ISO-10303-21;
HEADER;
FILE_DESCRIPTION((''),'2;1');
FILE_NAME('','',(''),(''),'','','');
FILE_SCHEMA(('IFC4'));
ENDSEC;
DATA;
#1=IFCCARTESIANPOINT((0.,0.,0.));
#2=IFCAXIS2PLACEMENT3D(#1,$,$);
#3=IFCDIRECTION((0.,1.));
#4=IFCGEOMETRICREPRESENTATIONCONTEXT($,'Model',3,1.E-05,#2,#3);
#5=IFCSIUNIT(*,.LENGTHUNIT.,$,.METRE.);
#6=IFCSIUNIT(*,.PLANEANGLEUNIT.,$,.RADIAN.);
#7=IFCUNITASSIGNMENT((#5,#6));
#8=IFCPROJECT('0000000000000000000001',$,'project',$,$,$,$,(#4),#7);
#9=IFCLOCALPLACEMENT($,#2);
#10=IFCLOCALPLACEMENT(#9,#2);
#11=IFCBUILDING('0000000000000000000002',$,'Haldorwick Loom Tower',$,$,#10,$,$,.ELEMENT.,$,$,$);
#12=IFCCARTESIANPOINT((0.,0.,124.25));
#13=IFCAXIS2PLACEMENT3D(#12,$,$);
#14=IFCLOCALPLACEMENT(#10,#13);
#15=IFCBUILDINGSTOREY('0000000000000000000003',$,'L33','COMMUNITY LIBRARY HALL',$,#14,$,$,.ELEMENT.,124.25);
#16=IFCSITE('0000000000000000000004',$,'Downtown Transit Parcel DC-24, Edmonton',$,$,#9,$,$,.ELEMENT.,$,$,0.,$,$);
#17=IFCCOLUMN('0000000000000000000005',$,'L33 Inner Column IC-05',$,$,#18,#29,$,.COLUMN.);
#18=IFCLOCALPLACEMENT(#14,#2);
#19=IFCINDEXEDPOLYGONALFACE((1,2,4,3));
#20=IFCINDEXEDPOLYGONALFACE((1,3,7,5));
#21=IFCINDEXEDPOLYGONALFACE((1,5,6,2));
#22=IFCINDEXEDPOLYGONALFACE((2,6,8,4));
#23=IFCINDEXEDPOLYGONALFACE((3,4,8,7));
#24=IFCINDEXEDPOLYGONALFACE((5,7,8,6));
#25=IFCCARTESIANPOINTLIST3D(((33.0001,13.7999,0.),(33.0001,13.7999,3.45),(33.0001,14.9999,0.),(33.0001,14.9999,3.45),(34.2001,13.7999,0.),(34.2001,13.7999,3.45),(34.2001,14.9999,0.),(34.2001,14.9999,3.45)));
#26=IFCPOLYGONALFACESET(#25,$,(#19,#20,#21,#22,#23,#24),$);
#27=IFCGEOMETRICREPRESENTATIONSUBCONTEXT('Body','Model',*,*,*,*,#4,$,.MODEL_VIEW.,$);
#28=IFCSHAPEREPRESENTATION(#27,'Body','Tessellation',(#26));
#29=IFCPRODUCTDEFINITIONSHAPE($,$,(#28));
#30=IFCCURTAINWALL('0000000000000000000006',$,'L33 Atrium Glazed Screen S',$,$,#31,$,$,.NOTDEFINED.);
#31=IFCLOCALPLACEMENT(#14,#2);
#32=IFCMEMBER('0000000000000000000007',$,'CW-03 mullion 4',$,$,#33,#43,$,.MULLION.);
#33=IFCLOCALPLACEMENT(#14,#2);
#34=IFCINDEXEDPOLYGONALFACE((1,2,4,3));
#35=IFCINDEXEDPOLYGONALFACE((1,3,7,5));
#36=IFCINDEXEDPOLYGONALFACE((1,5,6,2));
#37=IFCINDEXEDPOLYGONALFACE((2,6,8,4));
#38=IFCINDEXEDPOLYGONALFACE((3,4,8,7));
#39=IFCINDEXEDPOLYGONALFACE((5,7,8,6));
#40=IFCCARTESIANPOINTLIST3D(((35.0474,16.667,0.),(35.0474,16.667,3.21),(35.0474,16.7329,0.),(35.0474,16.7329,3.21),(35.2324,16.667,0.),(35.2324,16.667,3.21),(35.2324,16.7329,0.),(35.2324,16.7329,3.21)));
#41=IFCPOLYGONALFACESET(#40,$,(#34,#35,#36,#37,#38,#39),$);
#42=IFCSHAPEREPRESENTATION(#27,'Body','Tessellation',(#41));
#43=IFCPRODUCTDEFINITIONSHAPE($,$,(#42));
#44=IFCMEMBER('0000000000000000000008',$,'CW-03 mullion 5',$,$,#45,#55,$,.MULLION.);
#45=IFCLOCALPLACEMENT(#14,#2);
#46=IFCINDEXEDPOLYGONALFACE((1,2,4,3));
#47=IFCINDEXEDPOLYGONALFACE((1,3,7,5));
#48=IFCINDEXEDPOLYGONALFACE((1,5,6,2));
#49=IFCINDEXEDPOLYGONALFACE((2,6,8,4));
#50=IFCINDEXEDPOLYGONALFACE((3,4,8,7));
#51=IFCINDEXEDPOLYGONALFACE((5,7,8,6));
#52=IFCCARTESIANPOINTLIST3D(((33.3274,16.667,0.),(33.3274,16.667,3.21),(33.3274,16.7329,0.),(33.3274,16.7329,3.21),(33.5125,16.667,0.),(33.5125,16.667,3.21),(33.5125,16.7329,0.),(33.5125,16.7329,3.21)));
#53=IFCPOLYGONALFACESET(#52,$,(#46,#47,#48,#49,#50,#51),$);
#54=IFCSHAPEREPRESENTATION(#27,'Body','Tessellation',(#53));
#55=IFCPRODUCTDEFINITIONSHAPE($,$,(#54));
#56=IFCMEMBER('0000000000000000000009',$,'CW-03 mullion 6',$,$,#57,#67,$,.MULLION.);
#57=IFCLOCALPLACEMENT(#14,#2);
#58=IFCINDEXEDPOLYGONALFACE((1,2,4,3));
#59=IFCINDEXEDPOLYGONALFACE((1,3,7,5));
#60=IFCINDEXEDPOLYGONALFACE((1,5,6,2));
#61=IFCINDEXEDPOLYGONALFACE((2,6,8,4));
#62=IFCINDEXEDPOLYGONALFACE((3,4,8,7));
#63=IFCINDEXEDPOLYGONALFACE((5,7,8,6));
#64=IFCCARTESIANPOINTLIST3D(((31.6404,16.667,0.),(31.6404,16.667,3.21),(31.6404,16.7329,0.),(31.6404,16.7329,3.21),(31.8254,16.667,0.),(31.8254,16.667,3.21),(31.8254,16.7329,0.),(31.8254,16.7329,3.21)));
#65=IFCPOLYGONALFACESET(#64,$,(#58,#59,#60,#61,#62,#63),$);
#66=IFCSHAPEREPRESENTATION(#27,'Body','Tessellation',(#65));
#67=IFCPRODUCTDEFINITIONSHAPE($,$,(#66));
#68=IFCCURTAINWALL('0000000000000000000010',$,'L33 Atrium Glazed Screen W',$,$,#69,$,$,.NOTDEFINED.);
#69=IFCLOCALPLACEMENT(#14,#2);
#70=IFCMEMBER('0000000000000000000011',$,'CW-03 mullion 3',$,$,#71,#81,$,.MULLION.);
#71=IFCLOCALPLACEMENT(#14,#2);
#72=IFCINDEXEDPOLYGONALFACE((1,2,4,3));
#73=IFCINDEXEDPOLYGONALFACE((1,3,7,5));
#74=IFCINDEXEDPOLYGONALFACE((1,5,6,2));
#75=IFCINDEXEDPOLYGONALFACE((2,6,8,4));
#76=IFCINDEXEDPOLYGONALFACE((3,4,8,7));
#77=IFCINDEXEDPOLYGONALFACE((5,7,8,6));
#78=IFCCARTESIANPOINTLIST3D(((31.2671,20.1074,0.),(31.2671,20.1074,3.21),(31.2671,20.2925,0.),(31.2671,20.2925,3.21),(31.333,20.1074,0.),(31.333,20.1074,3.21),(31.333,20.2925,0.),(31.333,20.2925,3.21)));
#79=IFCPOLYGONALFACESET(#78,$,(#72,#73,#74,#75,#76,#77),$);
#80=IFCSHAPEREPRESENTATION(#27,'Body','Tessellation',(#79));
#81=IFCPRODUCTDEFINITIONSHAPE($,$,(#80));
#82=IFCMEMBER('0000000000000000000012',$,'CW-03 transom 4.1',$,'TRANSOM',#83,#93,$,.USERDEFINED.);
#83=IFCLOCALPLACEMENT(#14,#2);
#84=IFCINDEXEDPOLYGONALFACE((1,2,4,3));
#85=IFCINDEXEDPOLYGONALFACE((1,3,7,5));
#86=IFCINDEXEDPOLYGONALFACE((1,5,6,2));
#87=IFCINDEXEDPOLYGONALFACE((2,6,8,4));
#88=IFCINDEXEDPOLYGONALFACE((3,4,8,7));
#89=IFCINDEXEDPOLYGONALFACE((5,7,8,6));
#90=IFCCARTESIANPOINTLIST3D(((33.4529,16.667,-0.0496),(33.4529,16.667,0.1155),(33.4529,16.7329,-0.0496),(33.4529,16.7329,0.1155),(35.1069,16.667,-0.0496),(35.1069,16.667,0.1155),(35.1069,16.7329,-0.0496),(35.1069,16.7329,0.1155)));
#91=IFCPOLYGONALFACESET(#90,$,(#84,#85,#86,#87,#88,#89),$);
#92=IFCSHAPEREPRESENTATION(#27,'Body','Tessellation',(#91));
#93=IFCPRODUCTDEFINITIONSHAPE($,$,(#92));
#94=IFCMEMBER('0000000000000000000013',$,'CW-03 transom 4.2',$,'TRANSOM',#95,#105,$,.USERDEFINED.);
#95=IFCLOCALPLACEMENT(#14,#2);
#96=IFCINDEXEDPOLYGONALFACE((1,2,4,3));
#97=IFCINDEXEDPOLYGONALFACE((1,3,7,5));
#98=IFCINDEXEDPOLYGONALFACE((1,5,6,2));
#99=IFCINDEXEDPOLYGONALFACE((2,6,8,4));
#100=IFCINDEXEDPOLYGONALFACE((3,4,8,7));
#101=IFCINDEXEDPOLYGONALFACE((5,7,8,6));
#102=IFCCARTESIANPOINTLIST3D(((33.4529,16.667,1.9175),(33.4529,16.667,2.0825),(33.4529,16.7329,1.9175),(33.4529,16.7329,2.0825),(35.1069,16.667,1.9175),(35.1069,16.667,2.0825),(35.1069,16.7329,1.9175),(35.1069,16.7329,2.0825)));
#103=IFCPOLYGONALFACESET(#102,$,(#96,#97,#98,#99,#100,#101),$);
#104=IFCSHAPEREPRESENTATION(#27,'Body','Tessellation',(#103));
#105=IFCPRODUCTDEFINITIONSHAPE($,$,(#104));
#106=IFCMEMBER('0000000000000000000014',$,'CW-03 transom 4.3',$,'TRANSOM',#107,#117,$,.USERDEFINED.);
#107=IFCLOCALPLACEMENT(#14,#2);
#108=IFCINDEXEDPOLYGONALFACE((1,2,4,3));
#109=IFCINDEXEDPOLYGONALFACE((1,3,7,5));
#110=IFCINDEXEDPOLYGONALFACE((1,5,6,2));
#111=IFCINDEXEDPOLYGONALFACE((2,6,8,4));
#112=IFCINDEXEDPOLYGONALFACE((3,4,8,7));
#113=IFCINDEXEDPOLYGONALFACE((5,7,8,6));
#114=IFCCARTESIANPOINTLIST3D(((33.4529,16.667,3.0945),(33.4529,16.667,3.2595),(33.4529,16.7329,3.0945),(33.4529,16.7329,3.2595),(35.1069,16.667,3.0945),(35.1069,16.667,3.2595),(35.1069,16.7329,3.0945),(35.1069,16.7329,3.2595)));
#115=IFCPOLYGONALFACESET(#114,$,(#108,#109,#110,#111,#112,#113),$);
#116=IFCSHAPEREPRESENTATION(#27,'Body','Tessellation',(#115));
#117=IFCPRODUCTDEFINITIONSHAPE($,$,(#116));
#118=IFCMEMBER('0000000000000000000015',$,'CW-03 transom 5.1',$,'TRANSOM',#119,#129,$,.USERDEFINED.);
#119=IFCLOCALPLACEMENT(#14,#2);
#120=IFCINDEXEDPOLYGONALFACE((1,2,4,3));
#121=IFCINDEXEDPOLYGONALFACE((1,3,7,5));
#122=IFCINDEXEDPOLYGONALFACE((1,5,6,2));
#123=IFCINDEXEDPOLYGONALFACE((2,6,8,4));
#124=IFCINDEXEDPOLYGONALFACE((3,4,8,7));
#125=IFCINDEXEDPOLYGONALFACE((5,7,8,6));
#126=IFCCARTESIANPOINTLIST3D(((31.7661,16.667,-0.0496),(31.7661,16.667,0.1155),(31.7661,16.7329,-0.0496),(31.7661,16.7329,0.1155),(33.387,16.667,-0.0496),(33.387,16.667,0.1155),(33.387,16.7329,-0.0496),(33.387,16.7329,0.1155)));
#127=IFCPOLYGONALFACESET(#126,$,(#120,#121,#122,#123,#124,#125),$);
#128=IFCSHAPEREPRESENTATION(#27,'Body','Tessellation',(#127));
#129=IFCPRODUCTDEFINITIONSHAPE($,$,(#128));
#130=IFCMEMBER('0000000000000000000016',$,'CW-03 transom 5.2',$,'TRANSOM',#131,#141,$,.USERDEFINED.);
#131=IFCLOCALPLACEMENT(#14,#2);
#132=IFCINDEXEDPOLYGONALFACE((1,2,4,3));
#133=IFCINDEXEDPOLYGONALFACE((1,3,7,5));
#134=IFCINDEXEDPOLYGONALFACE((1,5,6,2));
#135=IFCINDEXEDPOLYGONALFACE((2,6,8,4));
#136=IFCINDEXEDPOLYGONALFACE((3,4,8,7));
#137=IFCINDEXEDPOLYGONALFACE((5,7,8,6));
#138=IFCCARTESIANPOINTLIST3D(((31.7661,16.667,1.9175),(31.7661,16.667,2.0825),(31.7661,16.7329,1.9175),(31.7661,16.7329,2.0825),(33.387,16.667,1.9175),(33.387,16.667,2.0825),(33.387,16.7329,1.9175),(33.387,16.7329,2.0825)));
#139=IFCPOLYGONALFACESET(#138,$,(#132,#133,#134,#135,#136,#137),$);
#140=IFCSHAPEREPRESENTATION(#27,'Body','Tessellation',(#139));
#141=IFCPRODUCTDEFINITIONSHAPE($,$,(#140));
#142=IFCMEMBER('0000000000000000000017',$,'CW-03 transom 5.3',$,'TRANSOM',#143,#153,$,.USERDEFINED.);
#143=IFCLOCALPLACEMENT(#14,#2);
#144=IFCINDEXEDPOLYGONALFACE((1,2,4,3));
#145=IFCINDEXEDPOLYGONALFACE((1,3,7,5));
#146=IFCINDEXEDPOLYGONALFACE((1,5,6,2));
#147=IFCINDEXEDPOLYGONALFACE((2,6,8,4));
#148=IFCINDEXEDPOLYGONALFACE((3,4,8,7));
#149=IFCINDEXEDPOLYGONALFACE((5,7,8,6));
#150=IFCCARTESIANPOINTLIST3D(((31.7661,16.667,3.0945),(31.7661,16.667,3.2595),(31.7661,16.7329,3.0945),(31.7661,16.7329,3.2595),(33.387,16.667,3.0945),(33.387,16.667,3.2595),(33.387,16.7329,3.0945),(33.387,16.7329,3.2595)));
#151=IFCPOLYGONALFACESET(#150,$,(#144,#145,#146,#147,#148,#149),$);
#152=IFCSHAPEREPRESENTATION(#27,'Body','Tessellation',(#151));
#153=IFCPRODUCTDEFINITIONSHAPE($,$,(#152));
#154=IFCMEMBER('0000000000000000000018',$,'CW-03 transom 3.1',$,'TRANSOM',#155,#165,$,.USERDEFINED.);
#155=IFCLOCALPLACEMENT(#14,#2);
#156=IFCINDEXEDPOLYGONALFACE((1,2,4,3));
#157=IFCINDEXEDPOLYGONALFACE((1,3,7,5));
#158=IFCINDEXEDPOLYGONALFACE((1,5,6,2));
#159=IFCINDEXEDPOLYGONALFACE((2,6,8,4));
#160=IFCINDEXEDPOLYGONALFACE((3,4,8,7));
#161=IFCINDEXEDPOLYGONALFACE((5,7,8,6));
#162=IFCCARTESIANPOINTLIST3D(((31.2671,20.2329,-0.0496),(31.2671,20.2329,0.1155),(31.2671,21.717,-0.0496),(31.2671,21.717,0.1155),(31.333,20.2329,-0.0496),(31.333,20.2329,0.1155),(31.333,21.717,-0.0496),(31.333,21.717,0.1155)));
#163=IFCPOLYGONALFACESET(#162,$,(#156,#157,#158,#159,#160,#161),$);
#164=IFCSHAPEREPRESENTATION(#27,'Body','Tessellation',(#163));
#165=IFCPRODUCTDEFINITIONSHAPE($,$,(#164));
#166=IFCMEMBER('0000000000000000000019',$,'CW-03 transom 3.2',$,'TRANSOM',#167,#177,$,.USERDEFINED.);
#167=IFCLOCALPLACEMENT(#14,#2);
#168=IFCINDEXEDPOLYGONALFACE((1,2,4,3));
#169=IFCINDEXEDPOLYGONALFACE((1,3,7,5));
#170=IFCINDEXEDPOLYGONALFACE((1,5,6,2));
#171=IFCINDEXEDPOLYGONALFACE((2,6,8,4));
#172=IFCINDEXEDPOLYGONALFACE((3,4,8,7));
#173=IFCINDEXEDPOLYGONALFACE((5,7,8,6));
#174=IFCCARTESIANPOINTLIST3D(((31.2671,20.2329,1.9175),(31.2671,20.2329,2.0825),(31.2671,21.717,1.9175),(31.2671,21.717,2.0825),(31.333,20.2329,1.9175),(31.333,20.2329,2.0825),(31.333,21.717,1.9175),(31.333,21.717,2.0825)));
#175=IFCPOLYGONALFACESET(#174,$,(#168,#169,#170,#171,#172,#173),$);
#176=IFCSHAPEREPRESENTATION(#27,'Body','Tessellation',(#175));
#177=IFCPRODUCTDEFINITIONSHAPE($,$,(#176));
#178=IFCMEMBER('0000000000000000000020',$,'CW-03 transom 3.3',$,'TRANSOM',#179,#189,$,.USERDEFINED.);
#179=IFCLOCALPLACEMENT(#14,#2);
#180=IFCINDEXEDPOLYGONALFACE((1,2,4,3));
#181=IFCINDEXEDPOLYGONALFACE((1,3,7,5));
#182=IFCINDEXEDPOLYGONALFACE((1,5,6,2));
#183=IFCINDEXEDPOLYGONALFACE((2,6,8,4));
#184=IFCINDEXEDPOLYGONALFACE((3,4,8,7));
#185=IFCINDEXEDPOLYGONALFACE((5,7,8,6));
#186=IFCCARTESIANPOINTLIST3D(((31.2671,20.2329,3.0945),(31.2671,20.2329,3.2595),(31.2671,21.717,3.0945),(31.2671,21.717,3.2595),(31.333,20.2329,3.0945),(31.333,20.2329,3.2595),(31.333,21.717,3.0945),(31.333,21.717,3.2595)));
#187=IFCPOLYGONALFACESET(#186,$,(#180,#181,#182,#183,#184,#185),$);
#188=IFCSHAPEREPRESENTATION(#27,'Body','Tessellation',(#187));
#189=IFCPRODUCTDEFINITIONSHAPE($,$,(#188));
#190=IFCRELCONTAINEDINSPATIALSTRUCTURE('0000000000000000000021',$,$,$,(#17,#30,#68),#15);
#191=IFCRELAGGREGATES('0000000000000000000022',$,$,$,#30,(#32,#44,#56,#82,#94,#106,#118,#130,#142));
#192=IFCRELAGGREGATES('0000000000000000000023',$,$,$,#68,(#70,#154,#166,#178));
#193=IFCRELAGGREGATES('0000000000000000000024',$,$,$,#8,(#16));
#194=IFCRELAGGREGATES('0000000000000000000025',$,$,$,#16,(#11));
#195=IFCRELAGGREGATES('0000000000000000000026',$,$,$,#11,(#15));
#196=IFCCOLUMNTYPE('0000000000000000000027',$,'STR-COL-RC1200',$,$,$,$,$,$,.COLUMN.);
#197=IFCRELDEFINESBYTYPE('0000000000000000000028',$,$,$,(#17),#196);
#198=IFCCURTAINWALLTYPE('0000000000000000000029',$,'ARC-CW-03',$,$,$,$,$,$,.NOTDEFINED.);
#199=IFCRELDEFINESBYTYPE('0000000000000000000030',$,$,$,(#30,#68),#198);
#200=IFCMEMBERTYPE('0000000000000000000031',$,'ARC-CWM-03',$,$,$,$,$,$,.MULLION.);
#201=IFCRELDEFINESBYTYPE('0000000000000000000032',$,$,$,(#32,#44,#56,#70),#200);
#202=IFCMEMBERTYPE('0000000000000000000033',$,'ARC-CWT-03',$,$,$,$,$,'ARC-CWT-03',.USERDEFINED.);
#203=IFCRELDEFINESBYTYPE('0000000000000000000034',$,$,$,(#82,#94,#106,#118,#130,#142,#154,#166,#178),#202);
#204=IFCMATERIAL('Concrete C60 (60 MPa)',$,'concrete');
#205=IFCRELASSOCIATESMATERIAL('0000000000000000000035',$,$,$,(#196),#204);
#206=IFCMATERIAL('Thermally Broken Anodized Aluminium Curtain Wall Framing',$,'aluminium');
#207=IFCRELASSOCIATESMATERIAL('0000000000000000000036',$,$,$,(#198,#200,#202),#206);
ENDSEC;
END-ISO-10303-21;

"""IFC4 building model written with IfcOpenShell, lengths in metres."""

from ifc_helpers import new_model, si_unit, direction, frame, origin, origin_2d, place, context, subcontext, project, spatial, rectangle, extrude, material, material_profile, profile_set, type_object, element, aggregate, save


model = new_model("IFC4")

# Units and contexts
model_context = context("Model", 3, precision=1e-05, world=origin(), true_north=direction((0.0, 1.0)))
body_context = subcontext(model_context, "Body", "Model", "MODEL_VIEW")
ifc_project = project(units=[si_unit("LENGTHUNIT", "METRE"), si_unit("PLANEANGLEUNIT", "RADIAN")], contexts=[model_context])

# Site, building, storey
site_placement = place(None, origin())
site = spatial("IfcSite", under=ifc_project, at=site_placement, Name="Downtown Transit Parcel DC-24, Edmonton", CompositionType="ELEMENT", RefElevation=0.0)
building_placement = place(site_placement, origin())
building = spatial("IfcBuilding", under=site, at=building_placement, Name="Haldorwick Loom Tower", CompositionType="ELEMENT")
storey_placement = place(building_placement, frame((0.0, 0.0, 124.25)))
storey = spatial("IfcBuildingStorey", under=building, at=storey_placement, Name="L33", Description="COMMUNITY LIBRARY HALL", CompositionType="ELEMENT", Elevation=124.25)

# Column
ifc_material_1 = material(Name="Concrete C60 (60 MPa)", Category="concrete")
ifc_material_profile_1 = material_profile(ifc_material_1, rectangle(XDim=1.2, YDim=1.2, at=origin_2d()), Name="RC1200X1200", Category="concrete")
ifc_profile_set_1 = profile_set([ifc_material_profile_1], Name="Concrete C60 (60 MPa)")
column_type = type_object("IfcColumnType", Name="STR-COL-RC1200", PredefinedType="COLUMN", material=ifc_profile_set_1)
column_placement = place(storey_placement, frame((33.6001, 14.3999, 0.0), z_axis=(0.0, 0.0, 1.0), x_axis=(1.0, 0.0, 0.0)))
element("IfcColumn", 1, at=column_placement, inside=storey, type_object=column_type, Name="L33 Inner Column IC-05", PredefinedType="COLUMN", context=body_context, shape_type="SweptSolid", body=[
    extrude(rectangle(XDim=1.2, YDim=1.2, at=origin_2d()), origin(), (0.0, 0.0, 1.0), 3.45),
])

# Curtain wall, members
ifc_material_2 = material(Name="Thermally Broken Anodized Aluminium Curtain Wall Framing", Category="aluminium")
curtain_wall_type = type_object("IfcCurtainWallType", Name="ARC-CW-03", PredefinedType="NOTDEFINED", material=ifc_material_2)
curtain_wall_1_placement = place(storey_placement, origin())
curtain_wall_1 = element("IfcCurtainWall", 2, at=curtain_wall_1_placement, inside=storey, type_object=curtain_wall_type, Name="L33 Atrium Glazed Screen S", PredefinedType="NOTDEFINED")
ifc_material_profile_2 = material_profile(ifc_material_2, rectangle(XDim=0.0659, YDim=0.1851, at=origin_2d()), Name="ALU_MUL_66X185", Category="aluminium")
ifc_profile_set_2 = profile_set([ifc_material_profile_2], Name="Thermally Broken Anodized Aluminium Curtain Wall Framing")
member_type_1 = type_object("IfcMemberType", Name="ARC-CWM-03", PredefinedType="MULLION", material=ifc_profile_set_2)
member_1_placement = place(storey_placement, frame((35.1399, 16.7, 0.0), z_axis=(0.0, 0.0, 1.0), x_axis=(0.0, -1.0, 0.0)))
member_1 = element("IfcMember", 3, at=member_1_placement, type_object=member_type_1, Name="CW-03 mullion 4", PredefinedType="MULLION", context=body_context, shape_type="SweptSolid", body=[
    extrude(rectangle(XDim=0.0659, YDim=0.1851, at=origin_2d()), origin(), (0.0, 0.0, 1.0), 3.21),
])
member_2_placement = place(storey_placement, frame((33.4199, 16.7, 0.0), z_axis=(0.0, 0.0, 1.0), x_axis=(0.0, -1.0, 0.0)))
member_2 = element("IfcMember", 4, at=member_2_placement, type_object=member_type_1, Name="CW-03 mullion 5", PredefinedType="MULLION", context=body_context, shape_type="SweptSolid", body=[
    extrude(rectangle(XDim=0.0659, YDim=0.1851, at=origin_2d()), origin(), (0.0, 0.0, 1.0), 3.21),
])
member_3_placement = place(storey_placement, frame((31.7329, 16.7, 0.0), z_axis=(0.0, 0.0, 1.0), x_axis=(0.0, -1.0, 0.0)))
member_3 = element("IfcMember", 5, at=member_3_placement, type_object=member_type_1, Name="CW-03 mullion 6", PredefinedType="MULLION", context=body_context, shape_type="SweptSolid", body=[
    extrude(rectangle(XDim=0.0659, YDim=0.1851, at=origin_2d()), origin(), (0.0, 0.0, 1.0), 3.21),
])

# Curtain wall, member
curtain_wall_2_placement = place(storey_placement, origin())
curtain_wall_2 = element("IfcCurtainWall", 6, at=curtain_wall_2_placement, inside=storey, type_object=curtain_wall_type, Name="L33 Atrium Glazed Screen W", PredefinedType="NOTDEFINED")
member_4_placement = place(storey_placement, frame((31.3, 20.2, 0.0), z_axis=(0.0, 0.0, 1.0), x_axis=(-1.0, 0.0, 0.0)))
member_4 = element("IfcMember", 7, at=member_4_placement, type_object=member_type_1, Name="CW-03 mullion 3", PredefinedType="MULLION", context=body_context, shape_type="SweptSolid", body=[
    extrude(rectangle(XDim=0.0659, YDim=0.1851, at=origin_2d()), origin(), (0.0, 0.0, 1.0), 3.21),
])

# Members
ifc_material_profile_3 = material_profile(ifc_material_2, rectangle(XDim=0.0659, YDim=0.165, at=origin_2d()), Name="ALU_TRN_66X165", Category="aluminium")
ifc_profile_set_3 = profile_set([ifc_material_profile_3], Name="Thermally Broken Anodized Aluminium Curtain Wall Framing")
member_type_2 = type_object("IfcMemberType", Name="ARC-CWT-03", ElementType="ARC-CWT-03", PredefinedType="USERDEFINED", material=ifc_profile_set_3)
member_5_placement = place(storey_placement, frame((35.1069, 16.7, 0.033), z_axis=(-1.0, 0.0, 0.0), x_axis=(0.0, -1.0, 0.0)))
member_5 = element("IfcMember", 8, at=member_5_placement, type_object=member_type_2, Name="CW-03 transom 4.1", ObjectType="TRANSOM", PredefinedType="USERDEFINED", context=body_context, shape_type="SweptSolid", body=[
    extrude(rectangle(XDim=0.0659, YDim=0.165, at=origin_2d()), origin(), (0.0, 0.0, 1.0), 1.6541),
])
member_6_placement = place(storey_placement, frame((35.1069, 16.7, 2.0), z_axis=(-1.0, 0.0, 0.0), x_axis=(0.0, -1.0, 0.0)))
member_6 = element("IfcMember", 9, at=member_6_placement, type_object=member_type_2, Name="CW-03 transom 4.2", ObjectType="TRANSOM", PredefinedType="USERDEFINED", context=body_context, shape_type="SweptSolid", body=[
    extrude(rectangle(XDim=0.0659, YDim=0.165, at=origin_2d()), origin(), (0.0, 0.0, 1.0), 1.6541),
])
member_7_placement = place(storey_placement, frame((35.1069, 16.7, 3.177), z_axis=(-1.0, 0.0, 0.0), x_axis=(0.0, -1.0, 0.0)))
member_7 = element("IfcMember", 10, at=member_7_placement, type_object=member_type_2, Name="CW-03 transom 4.3", ObjectType="TRANSOM", PredefinedType="USERDEFINED", context=body_context, shape_type="SweptSolid", body=[
    extrude(rectangle(XDim=0.0659, YDim=0.165, at=origin_2d()), origin(), (0.0, 0.0, 1.0), 1.6541),
])
member_8_placement = place(storey_placement, frame((33.387, 16.7, 0.033), z_axis=(-1.0, 0.0, 0.0), x_axis=(0.0, -1.0, 0.0)))
member_8 = element("IfcMember", 11, at=member_8_placement, type_object=member_type_2, Name="CW-03 transom 5.1", ObjectType="TRANSOM", PredefinedType="USERDEFINED", context=body_context, shape_type="SweptSolid", body=[
    extrude(rectangle(XDim=0.0659, YDim=0.165, at=origin_2d()), origin(), (0.0, 0.0, 1.0), 1.6208),
])
member_9_placement = place(storey_placement, frame((33.387, 16.7, 2.0), z_axis=(-1.0, 0.0, 0.0), x_axis=(0.0, -1.0, 0.0)))
member_9 = element("IfcMember", 12, at=member_9_placement, type_object=member_type_2, Name="CW-03 transom 5.2", ObjectType="TRANSOM", PredefinedType="USERDEFINED", context=body_context, shape_type="SweptSolid", body=[
    extrude(rectangle(XDim=0.0659, YDim=0.165, at=origin_2d()), origin(), (0.0, 0.0, 1.0), 1.6208),
])
member_10_placement = place(storey_placement, frame((33.387, 16.7, 3.177), z_axis=(-1.0, 0.0, 0.0), x_axis=(0.0, -1.0, 0.0)))
member_10 = element("IfcMember", 13, at=member_10_placement, type_object=member_type_2, Name="CW-03 transom 5.3", ObjectType="TRANSOM", PredefinedType="USERDEFINED", context=body_context, shape_type="SweptSolid", body=[
    extrude(rectangle(XDim=0.0659, YDim=0.165, at=origin_2d()), origin(), (0.0, 0.0, 1.0), 1.6208),
])
member_11_placement = place(storey_placement, frame((31.3, 20.2329, 0.033), z_axis=(0.0, 1.0, 0.0), x_axis=(-1.0, 0.0, 0.0)))
member_11 = element("IfcMember", 14, at=member_11_placement, type_object=member_type_2, Name="CW-03 transom 3.1", ObjectType="TRANSOM", PredefinedType="USERDEFINED", context=body_context, shape_type="SweptSolid", body=[
    extrude(rectangle(XDim=0.0659, YDim=0.165, at=origin_2d()), origin(), (0.0, 0.0, 1.0), 1.4841),
])
member_12_placement = place(storey_placement, frame((31.3, 20.2329, 2.0), z_axis=(0.0, 1.0, 0.0), x_axis=(-1.0, 0.0, 0.0)))
member_12 = element("IfcMember", 15, at=member_12_placement, type_object=member_type_2, Name="CW-03 transom 3.2", ObjectType="TRANSOM", PredefinedType="USERDEFINED", context=body_context, shape_type="SweptSolid", body=[
    extrude(rectangle(XDim=0.0659, YDim=0.165, at=origin_2d()), origin(), (0.0, 0.0, 1.0), 1.4841),
])
member_13_placement = place(storey_placement, frame((31.3, 20.2329, 3.177), z_axis=(0.0, 1.0, 0.0), x_axis=(-1.0, 0.0, 0.0)))
member_13 = element("IfcMember", 16, at=member_13_placement, type_object=member_type_2, Name="CW-03 transom 3.3", ObjectType="TRANSOM", PredefinedType="USERDEFINED", context=body_context, shape_type="SweptSolid", body=[
    extrude(rectangle(XDim=0.0659, YDim=0.165, at=origin_2d()), origin(), (0.0, 0.0, 1.0), 1.4841),
])

aggregate(curtain_wall_1, [member_1, member_2, member_3, member_5, member_6, member_7, member_8, member_9, member_10])
aggregate(curtain_wall_2, [member_4, member_11, member_12, member_13])

save(model, "model.ifc")
